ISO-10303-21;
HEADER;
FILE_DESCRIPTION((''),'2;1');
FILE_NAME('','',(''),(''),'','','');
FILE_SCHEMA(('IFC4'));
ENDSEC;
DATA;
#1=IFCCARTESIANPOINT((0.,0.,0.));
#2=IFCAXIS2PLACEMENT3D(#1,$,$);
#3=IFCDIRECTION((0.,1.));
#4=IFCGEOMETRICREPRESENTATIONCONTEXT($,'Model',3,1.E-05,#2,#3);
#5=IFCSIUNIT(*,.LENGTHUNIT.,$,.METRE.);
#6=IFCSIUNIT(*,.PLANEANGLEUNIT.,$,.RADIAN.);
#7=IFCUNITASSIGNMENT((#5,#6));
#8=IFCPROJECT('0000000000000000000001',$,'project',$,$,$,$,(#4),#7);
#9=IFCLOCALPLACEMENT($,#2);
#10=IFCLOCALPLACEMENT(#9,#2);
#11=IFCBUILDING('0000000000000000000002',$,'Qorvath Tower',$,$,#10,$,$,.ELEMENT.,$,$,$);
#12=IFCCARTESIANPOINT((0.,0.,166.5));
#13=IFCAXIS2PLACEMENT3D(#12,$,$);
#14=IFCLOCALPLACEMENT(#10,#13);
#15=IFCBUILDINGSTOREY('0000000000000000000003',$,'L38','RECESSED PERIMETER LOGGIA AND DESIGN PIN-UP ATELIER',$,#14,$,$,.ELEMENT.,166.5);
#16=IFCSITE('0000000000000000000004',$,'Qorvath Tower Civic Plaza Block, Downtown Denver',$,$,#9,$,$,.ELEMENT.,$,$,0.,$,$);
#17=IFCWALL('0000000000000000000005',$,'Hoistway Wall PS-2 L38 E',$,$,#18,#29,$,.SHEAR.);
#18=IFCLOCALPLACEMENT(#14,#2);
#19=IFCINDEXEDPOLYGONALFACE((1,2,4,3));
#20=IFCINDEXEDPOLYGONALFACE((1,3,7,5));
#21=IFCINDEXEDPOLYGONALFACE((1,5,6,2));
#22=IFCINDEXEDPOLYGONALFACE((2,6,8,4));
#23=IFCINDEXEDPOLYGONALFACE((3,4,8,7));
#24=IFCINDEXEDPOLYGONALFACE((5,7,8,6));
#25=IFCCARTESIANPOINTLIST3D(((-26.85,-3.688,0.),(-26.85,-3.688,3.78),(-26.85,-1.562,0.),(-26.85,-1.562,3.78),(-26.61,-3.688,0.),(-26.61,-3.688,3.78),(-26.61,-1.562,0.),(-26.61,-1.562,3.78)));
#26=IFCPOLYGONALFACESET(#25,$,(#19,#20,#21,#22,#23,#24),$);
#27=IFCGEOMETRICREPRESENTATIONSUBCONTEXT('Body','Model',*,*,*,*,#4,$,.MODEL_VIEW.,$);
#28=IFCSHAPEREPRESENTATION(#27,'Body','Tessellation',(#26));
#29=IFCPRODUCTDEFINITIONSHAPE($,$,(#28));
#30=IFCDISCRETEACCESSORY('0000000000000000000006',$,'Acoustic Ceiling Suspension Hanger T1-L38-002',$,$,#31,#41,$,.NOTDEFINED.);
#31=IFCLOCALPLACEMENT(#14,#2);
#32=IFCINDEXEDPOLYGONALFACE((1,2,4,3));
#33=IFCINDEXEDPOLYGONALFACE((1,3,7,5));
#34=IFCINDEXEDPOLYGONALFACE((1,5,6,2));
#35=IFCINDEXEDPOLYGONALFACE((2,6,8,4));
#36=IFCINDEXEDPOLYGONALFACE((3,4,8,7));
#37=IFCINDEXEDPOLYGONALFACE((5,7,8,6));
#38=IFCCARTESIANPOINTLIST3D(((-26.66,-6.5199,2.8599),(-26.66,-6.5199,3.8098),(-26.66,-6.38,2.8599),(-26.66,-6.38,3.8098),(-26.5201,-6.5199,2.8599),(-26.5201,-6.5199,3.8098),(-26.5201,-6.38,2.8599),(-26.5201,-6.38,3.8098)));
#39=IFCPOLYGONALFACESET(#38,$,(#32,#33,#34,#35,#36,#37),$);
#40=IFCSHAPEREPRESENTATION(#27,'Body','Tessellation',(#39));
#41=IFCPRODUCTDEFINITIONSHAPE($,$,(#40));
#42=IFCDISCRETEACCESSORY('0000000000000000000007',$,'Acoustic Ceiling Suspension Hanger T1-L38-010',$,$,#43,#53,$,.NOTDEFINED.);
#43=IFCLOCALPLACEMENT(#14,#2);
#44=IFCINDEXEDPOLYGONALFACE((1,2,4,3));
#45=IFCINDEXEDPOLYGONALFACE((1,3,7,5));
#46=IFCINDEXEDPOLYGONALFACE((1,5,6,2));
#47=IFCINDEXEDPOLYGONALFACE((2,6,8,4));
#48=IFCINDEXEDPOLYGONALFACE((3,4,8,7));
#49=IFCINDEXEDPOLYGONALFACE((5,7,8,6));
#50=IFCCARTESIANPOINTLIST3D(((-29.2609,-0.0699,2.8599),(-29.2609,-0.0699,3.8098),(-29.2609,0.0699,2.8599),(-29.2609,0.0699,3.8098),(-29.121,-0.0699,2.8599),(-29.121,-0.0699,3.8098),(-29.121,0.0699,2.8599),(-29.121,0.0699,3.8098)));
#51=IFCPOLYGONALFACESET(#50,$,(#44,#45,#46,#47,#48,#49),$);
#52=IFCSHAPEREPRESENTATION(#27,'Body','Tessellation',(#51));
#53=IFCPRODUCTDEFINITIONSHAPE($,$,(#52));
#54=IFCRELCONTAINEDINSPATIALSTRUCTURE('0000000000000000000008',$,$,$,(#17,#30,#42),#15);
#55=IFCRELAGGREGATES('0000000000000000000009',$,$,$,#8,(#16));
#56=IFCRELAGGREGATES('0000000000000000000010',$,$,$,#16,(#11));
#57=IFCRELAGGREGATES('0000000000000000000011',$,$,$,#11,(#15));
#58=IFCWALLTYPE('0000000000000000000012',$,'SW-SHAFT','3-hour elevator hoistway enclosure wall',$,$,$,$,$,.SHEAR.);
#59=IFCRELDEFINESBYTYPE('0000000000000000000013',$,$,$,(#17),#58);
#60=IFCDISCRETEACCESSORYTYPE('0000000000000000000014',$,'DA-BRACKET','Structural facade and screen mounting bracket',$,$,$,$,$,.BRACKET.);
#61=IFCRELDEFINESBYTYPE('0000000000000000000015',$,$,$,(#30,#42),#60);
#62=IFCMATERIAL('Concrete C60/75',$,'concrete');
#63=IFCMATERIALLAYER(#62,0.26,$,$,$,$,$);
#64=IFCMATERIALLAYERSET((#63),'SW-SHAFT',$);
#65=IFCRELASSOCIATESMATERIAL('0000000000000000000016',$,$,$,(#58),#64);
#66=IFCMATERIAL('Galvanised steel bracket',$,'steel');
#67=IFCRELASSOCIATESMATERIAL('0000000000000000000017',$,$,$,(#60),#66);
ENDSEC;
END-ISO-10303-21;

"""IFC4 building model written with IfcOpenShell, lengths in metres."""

from ifc_helpers import new_model, si_unit, direction, frame, frame_2d, origin, origin_2d, place, context, subcontext, project, spatial, rectangle, extrude, material, layer, layer_set, type_object, element, save


model = new_model("IFC4")

# Units and contexts
model_context = context("Model", 3, precision=1e-05, world=origin(), true_north=direction((0.0, 1.0)))
body_context = subcontext(model_context, "Body", "Model", "MODEL_VIEW")
ifc_project = project(units=[si_unit("LENGTHUNIT", "METRE"), si_unit("PLANEANGLEUNIT", "RADIAN")], contexts=[model_context])

# Site, building, storey
site_placement = place(None, origin())
site = spatial("IfcSite", under=ifc_project, at=site_placement, Name="Qorvath Tower Civic Plaza Block, Downtown Denver", CompositionType="ELEMENT", RefElevation=0.0)
building_placement = place(site_placement, origin())
building = spatial("IfcBuilding", under=site, at=building_placement, Name="Qorvath Tower", CompositionType="ELEMENT")
storey_placement = place(building_placement, frame((0.0, 0.0, 166.5)))
storey = spatial("IfcBuildingStorey", under=building, at=storey_placement, Name="L38", Description="RECESSED PERIMETER LOGGIA AND DESIGN PIN-UP ATELIER", CompositionType="ELEMENT", Elevation=166.5)

# Shared definitions
ifc_material_1 = material(Name="Concrete C60/75", Category="concrete")
ifc_layer_1 = layer(ifc_material_1, 0.26)
ifc_layer_set_1 = layer_set([ifc_layer_1], Name="SW-SHAFT")
wall_type_1 = type_object("IfcWallType", Name="SW-SHAFT", Description="3-hour elevator hoistway enclosure wall", PredefinedType="SHEAR", material=ifc_layer_set_1)

# Wall
for number, where, z_axis, x_axis, name in (
    (1, (-26.73, -1.562, 0.0), (0.0, 0.0, 1.0), (0.0, -1.0, 0.0), "Hoistway Wall PS-2 L38 E"),
):
    element("IfcWall", number, at=place(storey_placement, frame(where, z_axis=z_axis, x_axis=x_axis)), inside=storey, type_object=wall_type_1, Name=name, PredefinedType="SHEAR", context=body_context, shape_type="SweptSolid", body=[
        extrude(rectangle(XDim=2.126, YDim=0.24, at=frame_2d((1.063, 0.0))), origin(), (0.0, 0.0, 1.0), 3.78),
    ])

# Discrete accessories
ifc_material_2 = material(Name="Galvanised steel bracket", Category="steel")
discrete_accessory_type = type_object("IfcDiscreteAccessoryType", Name="DA-BRACKET", Description="Structural facade and screen mounting bracket", PredefinedType="BRACKET", material=ifc_material_2)
for number, where, z_axis, x_axis, name in (
    (2, (-26.5901, -6.45, 2.8599), (0.0, 0.0, 1.0), (1.0, 0.0, 0.0), "Acoustic Ceiling Suspension Hanger T1-L38-002"),
    (3, (-29.1909, 0.0, 2.8599), (0.0, 0.0, 1.0), (1.0, 0.0, 0.0), "Acoustic Ceiling Suspension Hanger T1-L38-010"),
):
    element("IfcDiscreteAccessory", number, at=place(storey_placement, frame(where, z_axis=z_axis, x_axis=x_axis)), inside=storey, type_object=discrete_accessory_type, Name=name, PredefinedType="NOTDEFINED", context=body_context, shape_type="SweptSolid", body=[
        extrude(rectangle(XDim=0.1399, YDim=0.1399, at=origin_2d()), origin(), (0.0, 0.0, 1.0), 0.95),
    ])

save(model, "model.ifc")
